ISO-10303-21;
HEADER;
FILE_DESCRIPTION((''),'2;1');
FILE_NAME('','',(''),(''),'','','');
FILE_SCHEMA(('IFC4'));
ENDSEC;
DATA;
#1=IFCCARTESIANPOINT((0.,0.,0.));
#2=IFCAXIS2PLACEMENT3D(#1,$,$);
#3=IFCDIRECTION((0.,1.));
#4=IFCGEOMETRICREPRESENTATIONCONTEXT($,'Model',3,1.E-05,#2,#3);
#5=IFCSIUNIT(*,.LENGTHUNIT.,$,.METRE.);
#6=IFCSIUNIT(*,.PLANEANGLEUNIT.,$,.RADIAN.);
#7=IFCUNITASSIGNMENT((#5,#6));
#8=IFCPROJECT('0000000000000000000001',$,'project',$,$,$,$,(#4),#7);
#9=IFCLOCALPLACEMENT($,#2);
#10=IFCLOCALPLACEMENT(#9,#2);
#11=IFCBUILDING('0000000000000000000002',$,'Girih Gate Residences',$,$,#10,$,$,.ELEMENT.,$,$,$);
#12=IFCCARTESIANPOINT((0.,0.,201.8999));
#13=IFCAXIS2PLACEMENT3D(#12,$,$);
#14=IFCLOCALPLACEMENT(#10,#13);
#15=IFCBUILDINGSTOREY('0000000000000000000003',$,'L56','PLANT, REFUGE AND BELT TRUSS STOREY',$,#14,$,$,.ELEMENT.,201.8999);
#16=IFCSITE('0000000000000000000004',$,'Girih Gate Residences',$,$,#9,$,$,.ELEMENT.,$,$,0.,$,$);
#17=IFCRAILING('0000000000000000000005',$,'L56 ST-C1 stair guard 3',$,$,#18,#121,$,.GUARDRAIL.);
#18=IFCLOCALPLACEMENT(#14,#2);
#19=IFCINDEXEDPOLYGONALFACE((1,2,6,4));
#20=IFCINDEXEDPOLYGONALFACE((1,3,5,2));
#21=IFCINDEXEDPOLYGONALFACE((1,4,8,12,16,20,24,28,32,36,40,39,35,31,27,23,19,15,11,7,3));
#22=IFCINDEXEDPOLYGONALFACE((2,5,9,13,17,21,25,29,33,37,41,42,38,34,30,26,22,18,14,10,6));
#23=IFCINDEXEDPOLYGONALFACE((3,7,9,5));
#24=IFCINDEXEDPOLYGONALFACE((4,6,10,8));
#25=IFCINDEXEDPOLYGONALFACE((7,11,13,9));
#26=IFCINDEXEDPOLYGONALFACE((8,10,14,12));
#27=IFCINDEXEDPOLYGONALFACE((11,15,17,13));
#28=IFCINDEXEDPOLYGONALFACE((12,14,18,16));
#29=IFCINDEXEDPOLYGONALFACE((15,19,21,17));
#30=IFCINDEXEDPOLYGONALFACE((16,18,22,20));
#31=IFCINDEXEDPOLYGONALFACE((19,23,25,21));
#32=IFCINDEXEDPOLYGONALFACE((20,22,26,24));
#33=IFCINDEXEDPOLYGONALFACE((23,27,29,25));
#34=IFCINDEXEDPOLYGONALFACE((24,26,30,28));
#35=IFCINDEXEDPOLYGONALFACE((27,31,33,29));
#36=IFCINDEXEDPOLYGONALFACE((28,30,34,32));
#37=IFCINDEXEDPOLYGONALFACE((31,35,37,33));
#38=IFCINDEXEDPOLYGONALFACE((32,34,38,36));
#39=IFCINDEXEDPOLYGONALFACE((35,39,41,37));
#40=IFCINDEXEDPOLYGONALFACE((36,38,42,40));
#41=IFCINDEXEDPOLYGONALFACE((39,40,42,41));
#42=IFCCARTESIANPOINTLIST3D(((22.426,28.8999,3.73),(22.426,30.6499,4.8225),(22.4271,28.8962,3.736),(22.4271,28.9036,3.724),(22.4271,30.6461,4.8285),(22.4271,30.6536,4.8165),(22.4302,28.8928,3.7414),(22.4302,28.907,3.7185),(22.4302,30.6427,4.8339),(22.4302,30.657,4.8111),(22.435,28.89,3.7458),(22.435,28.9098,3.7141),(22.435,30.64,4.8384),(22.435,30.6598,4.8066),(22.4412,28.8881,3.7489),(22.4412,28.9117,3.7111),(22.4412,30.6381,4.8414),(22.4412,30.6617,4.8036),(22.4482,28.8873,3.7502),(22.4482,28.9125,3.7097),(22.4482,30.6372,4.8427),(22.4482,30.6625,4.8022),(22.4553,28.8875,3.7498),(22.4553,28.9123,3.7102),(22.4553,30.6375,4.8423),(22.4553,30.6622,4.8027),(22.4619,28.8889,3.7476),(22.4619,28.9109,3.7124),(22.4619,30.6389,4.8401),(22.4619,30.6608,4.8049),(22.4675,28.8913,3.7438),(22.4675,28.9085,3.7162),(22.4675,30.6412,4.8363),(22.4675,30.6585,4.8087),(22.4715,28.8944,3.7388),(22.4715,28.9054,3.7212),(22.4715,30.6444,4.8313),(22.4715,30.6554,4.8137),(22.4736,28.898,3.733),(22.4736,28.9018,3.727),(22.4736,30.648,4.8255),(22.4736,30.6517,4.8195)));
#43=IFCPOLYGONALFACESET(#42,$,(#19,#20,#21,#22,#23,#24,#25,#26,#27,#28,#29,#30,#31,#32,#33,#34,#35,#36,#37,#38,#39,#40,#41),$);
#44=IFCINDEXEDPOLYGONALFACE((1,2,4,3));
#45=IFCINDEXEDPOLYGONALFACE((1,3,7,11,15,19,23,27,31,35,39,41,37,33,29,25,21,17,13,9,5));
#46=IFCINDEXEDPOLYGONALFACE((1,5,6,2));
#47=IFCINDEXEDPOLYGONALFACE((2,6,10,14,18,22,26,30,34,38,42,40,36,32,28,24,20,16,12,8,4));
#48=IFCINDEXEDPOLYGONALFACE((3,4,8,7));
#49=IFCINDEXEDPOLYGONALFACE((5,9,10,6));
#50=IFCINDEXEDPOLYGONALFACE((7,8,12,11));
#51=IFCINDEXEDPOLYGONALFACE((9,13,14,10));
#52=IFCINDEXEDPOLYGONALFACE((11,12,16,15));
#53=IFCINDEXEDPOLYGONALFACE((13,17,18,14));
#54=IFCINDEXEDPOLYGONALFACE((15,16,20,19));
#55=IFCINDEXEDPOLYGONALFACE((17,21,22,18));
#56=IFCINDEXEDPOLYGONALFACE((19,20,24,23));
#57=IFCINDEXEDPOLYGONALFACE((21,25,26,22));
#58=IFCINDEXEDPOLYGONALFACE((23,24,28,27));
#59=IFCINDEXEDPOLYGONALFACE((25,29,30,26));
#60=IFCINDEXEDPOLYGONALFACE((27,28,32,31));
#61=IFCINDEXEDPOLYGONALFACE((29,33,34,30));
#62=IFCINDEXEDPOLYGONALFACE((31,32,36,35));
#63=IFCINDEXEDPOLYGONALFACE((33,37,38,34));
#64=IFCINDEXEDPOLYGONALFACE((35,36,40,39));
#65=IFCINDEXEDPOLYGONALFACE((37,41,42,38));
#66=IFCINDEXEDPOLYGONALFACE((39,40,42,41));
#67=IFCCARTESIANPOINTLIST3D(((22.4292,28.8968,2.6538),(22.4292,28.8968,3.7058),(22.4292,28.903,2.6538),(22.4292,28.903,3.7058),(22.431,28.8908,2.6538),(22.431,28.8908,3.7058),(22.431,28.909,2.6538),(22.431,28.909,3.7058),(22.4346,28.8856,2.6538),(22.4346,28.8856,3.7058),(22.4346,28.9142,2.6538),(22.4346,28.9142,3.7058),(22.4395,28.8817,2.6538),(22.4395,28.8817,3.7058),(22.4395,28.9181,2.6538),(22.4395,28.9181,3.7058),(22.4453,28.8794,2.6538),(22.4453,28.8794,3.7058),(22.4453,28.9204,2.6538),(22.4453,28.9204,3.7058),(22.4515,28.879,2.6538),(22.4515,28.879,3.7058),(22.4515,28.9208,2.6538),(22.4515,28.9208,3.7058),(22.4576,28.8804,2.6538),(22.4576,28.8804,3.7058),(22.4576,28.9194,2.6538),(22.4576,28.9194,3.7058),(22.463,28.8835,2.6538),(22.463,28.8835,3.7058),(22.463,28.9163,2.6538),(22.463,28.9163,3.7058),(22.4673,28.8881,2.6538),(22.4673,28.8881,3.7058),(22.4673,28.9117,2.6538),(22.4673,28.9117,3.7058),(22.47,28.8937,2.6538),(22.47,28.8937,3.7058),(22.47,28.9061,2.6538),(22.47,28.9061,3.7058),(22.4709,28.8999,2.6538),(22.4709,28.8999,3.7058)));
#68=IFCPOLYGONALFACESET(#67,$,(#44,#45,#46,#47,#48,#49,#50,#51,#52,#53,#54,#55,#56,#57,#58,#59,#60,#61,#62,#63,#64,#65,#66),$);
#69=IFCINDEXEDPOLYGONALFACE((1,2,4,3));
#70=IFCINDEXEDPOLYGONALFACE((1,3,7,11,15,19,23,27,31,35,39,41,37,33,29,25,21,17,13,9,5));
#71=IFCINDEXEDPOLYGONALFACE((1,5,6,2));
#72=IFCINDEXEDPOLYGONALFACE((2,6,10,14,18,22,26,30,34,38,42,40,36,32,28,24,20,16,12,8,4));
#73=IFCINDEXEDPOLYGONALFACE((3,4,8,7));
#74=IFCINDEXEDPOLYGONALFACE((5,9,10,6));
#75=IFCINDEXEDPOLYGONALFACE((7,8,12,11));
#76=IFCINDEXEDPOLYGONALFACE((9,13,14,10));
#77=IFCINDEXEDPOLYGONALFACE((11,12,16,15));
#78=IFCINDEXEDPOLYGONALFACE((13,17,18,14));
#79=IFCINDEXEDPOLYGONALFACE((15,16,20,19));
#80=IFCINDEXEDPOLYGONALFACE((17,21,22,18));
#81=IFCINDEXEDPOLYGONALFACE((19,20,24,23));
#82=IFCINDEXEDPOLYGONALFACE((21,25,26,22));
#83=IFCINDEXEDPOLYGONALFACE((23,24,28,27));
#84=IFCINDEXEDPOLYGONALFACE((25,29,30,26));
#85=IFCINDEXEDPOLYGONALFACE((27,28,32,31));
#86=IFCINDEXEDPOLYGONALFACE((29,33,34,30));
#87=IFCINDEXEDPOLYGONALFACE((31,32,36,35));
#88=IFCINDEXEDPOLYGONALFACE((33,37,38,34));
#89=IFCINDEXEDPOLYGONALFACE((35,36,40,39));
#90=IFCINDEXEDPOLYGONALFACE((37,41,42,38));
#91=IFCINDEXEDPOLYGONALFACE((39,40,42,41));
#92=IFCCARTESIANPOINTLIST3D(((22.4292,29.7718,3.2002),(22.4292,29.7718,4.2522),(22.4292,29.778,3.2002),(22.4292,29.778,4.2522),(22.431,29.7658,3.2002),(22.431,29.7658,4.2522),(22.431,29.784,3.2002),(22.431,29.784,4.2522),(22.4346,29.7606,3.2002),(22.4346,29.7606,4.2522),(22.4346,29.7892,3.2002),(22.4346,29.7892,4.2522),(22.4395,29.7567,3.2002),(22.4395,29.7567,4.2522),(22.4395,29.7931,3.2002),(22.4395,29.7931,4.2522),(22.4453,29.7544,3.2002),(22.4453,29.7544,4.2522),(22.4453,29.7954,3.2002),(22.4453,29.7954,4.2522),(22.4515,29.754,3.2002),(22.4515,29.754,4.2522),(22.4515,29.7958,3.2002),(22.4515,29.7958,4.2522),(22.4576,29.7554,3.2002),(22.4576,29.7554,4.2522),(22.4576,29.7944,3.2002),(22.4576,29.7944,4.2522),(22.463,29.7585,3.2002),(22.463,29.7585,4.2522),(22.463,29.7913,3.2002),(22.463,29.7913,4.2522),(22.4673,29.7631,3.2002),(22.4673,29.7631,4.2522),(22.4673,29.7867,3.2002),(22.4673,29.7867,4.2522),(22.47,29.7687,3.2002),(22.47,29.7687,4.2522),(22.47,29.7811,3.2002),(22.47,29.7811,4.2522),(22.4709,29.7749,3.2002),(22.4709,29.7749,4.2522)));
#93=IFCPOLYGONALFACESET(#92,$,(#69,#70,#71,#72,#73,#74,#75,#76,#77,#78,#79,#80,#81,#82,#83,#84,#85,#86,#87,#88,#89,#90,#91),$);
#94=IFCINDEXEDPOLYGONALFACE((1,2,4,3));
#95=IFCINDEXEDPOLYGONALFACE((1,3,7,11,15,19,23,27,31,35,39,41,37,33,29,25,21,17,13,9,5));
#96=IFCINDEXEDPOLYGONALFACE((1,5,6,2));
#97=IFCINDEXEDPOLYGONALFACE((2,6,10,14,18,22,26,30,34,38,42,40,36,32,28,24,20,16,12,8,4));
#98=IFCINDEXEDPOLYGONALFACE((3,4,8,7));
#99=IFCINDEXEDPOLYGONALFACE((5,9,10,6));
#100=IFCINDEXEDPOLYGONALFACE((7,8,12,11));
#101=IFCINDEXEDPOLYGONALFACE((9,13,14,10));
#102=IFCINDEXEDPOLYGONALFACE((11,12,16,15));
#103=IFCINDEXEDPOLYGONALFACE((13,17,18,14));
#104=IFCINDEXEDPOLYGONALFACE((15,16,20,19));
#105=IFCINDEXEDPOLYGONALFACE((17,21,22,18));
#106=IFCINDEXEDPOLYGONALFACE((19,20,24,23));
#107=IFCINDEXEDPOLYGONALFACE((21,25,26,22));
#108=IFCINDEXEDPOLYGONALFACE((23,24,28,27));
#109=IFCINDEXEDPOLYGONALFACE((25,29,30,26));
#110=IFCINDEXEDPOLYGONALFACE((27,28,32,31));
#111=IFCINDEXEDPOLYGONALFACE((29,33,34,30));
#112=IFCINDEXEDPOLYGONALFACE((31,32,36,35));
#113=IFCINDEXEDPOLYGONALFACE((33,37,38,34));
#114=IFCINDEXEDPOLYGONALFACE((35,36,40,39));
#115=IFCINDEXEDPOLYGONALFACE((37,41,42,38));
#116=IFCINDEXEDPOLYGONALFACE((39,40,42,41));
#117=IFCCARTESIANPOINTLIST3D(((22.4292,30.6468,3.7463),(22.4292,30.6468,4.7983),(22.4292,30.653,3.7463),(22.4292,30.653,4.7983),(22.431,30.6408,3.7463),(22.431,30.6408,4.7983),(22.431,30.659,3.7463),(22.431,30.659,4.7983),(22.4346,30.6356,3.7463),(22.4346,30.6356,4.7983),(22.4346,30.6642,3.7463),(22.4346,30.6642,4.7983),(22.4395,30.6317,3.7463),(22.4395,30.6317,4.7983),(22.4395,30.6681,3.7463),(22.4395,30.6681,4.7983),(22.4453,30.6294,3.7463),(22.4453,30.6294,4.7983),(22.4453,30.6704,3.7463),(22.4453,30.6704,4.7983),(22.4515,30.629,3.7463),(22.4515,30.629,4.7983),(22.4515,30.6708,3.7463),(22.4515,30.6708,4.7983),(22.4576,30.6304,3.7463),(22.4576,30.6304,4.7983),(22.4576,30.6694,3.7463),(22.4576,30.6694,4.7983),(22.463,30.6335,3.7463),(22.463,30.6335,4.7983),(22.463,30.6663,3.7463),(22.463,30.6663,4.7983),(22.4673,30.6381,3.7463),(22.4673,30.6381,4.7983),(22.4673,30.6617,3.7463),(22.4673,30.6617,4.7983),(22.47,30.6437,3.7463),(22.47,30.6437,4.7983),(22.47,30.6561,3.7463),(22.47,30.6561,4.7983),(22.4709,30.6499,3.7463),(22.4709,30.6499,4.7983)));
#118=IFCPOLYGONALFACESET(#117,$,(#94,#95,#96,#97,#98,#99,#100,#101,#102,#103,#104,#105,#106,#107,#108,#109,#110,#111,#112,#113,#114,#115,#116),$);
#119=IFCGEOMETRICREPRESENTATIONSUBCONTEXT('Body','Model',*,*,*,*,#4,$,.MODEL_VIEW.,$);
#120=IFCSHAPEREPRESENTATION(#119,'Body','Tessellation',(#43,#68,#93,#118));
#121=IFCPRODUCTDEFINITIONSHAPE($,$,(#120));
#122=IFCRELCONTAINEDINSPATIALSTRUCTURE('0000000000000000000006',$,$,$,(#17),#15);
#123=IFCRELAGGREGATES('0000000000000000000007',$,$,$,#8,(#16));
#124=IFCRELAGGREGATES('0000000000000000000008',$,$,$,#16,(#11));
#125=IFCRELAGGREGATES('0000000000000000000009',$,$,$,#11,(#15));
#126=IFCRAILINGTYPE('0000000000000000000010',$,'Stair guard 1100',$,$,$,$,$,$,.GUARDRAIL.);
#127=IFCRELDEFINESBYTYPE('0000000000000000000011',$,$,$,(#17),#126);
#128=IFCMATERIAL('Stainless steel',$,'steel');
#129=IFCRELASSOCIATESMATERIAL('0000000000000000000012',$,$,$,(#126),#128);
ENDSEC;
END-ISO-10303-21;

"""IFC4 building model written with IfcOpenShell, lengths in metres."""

from ifc_helpers import new_model, si_unit, direction, frame, origin, origin_2d, place, context, subcontext, project, spatial, circle, extrude, material, type_object, element, save


model = new_model("IFC4")

# Units and contexts
model_context = context("Model", 3, precision=1e-05, world=origin(), true_north=direction((0.0, 1.0)))
body_context = subcontext(model_context, "Body", "Model", "MODEL_VIEW")
ifc_project = project(units=[si_unit("LENGTHUNIT", "METRE"), si_unit("PLANEANGLEUNIT", "RADIAN")], contexts=[model_context])

# Site, building, storey
site_placement = place(None, origin())
site = spatial("IfcSite", under=ifc_project, at=site_placement, Name="Girih Gate Residences", CompositionType="ELEMENT", RefElevation=0.0)
building_placement = place(site_placement, origin())
building = spatial("IfcBuilding", under=site, at=building_placement, Name="Girih Gate Residences", CompositionType="ELEMENT")
storey_placement = place(building_placement, frame((0.0, 0.0, 201.8999)))
storey = spatial("IfcBuildingStorey", under=building, at=storey_placement, Name="L56", Description="PLANT, REFUGE AND BELT TRUSS STOREY", CompositionType="ELEMENT", Elevation=201.8999)

# Railing
ifc_material_1 = material(Name="Stainless steel", Category="steel")
railing_type_1 = type_object("IfcRailingType", Name="Stair guard 1100", PredefinedType="GUARDRAIL", material=ifc_material_1)
railing_1_placement = place(storey_placement, frame((22.45, 28.8999, 2.6538)))
element("IfcRailing", 1, at=railing_1_placement, inside=storey, type_object=railing_type_1, Name="L56 ST-C1 stair guard 3", PredefinedType="GUARDRAIL", context=body_context, shape_type="SweptSolid", body=[
    extrude(circle(Radius=0.0239, at=origin_2d()), frame((0.0, 0.0, 1.0762), z_axis=(0.0, 0.848264, 0.529573), x_axis=(-1.0, 0.0, 0.0)), (0.0, 0.0, 1.0), 2.063),
    extrude(circle(Radius=0.021, at=origin_2d()), origin(), (0.0, 0.0, 1.0), 1.052),
    extrude(circle(Radius=0.021, at=origin_2d()), frame((0.0, 0.875, 0.5464)), (0.0, 0.0, 1.0), 1.052),
    extrude(circle(Radius=0.021, at=origin_2d()), frame((0.0, 1.75, 1.0925)), (0.0, 0.0, 1.0), 1.052),
])

save(model, "model.ifc")
